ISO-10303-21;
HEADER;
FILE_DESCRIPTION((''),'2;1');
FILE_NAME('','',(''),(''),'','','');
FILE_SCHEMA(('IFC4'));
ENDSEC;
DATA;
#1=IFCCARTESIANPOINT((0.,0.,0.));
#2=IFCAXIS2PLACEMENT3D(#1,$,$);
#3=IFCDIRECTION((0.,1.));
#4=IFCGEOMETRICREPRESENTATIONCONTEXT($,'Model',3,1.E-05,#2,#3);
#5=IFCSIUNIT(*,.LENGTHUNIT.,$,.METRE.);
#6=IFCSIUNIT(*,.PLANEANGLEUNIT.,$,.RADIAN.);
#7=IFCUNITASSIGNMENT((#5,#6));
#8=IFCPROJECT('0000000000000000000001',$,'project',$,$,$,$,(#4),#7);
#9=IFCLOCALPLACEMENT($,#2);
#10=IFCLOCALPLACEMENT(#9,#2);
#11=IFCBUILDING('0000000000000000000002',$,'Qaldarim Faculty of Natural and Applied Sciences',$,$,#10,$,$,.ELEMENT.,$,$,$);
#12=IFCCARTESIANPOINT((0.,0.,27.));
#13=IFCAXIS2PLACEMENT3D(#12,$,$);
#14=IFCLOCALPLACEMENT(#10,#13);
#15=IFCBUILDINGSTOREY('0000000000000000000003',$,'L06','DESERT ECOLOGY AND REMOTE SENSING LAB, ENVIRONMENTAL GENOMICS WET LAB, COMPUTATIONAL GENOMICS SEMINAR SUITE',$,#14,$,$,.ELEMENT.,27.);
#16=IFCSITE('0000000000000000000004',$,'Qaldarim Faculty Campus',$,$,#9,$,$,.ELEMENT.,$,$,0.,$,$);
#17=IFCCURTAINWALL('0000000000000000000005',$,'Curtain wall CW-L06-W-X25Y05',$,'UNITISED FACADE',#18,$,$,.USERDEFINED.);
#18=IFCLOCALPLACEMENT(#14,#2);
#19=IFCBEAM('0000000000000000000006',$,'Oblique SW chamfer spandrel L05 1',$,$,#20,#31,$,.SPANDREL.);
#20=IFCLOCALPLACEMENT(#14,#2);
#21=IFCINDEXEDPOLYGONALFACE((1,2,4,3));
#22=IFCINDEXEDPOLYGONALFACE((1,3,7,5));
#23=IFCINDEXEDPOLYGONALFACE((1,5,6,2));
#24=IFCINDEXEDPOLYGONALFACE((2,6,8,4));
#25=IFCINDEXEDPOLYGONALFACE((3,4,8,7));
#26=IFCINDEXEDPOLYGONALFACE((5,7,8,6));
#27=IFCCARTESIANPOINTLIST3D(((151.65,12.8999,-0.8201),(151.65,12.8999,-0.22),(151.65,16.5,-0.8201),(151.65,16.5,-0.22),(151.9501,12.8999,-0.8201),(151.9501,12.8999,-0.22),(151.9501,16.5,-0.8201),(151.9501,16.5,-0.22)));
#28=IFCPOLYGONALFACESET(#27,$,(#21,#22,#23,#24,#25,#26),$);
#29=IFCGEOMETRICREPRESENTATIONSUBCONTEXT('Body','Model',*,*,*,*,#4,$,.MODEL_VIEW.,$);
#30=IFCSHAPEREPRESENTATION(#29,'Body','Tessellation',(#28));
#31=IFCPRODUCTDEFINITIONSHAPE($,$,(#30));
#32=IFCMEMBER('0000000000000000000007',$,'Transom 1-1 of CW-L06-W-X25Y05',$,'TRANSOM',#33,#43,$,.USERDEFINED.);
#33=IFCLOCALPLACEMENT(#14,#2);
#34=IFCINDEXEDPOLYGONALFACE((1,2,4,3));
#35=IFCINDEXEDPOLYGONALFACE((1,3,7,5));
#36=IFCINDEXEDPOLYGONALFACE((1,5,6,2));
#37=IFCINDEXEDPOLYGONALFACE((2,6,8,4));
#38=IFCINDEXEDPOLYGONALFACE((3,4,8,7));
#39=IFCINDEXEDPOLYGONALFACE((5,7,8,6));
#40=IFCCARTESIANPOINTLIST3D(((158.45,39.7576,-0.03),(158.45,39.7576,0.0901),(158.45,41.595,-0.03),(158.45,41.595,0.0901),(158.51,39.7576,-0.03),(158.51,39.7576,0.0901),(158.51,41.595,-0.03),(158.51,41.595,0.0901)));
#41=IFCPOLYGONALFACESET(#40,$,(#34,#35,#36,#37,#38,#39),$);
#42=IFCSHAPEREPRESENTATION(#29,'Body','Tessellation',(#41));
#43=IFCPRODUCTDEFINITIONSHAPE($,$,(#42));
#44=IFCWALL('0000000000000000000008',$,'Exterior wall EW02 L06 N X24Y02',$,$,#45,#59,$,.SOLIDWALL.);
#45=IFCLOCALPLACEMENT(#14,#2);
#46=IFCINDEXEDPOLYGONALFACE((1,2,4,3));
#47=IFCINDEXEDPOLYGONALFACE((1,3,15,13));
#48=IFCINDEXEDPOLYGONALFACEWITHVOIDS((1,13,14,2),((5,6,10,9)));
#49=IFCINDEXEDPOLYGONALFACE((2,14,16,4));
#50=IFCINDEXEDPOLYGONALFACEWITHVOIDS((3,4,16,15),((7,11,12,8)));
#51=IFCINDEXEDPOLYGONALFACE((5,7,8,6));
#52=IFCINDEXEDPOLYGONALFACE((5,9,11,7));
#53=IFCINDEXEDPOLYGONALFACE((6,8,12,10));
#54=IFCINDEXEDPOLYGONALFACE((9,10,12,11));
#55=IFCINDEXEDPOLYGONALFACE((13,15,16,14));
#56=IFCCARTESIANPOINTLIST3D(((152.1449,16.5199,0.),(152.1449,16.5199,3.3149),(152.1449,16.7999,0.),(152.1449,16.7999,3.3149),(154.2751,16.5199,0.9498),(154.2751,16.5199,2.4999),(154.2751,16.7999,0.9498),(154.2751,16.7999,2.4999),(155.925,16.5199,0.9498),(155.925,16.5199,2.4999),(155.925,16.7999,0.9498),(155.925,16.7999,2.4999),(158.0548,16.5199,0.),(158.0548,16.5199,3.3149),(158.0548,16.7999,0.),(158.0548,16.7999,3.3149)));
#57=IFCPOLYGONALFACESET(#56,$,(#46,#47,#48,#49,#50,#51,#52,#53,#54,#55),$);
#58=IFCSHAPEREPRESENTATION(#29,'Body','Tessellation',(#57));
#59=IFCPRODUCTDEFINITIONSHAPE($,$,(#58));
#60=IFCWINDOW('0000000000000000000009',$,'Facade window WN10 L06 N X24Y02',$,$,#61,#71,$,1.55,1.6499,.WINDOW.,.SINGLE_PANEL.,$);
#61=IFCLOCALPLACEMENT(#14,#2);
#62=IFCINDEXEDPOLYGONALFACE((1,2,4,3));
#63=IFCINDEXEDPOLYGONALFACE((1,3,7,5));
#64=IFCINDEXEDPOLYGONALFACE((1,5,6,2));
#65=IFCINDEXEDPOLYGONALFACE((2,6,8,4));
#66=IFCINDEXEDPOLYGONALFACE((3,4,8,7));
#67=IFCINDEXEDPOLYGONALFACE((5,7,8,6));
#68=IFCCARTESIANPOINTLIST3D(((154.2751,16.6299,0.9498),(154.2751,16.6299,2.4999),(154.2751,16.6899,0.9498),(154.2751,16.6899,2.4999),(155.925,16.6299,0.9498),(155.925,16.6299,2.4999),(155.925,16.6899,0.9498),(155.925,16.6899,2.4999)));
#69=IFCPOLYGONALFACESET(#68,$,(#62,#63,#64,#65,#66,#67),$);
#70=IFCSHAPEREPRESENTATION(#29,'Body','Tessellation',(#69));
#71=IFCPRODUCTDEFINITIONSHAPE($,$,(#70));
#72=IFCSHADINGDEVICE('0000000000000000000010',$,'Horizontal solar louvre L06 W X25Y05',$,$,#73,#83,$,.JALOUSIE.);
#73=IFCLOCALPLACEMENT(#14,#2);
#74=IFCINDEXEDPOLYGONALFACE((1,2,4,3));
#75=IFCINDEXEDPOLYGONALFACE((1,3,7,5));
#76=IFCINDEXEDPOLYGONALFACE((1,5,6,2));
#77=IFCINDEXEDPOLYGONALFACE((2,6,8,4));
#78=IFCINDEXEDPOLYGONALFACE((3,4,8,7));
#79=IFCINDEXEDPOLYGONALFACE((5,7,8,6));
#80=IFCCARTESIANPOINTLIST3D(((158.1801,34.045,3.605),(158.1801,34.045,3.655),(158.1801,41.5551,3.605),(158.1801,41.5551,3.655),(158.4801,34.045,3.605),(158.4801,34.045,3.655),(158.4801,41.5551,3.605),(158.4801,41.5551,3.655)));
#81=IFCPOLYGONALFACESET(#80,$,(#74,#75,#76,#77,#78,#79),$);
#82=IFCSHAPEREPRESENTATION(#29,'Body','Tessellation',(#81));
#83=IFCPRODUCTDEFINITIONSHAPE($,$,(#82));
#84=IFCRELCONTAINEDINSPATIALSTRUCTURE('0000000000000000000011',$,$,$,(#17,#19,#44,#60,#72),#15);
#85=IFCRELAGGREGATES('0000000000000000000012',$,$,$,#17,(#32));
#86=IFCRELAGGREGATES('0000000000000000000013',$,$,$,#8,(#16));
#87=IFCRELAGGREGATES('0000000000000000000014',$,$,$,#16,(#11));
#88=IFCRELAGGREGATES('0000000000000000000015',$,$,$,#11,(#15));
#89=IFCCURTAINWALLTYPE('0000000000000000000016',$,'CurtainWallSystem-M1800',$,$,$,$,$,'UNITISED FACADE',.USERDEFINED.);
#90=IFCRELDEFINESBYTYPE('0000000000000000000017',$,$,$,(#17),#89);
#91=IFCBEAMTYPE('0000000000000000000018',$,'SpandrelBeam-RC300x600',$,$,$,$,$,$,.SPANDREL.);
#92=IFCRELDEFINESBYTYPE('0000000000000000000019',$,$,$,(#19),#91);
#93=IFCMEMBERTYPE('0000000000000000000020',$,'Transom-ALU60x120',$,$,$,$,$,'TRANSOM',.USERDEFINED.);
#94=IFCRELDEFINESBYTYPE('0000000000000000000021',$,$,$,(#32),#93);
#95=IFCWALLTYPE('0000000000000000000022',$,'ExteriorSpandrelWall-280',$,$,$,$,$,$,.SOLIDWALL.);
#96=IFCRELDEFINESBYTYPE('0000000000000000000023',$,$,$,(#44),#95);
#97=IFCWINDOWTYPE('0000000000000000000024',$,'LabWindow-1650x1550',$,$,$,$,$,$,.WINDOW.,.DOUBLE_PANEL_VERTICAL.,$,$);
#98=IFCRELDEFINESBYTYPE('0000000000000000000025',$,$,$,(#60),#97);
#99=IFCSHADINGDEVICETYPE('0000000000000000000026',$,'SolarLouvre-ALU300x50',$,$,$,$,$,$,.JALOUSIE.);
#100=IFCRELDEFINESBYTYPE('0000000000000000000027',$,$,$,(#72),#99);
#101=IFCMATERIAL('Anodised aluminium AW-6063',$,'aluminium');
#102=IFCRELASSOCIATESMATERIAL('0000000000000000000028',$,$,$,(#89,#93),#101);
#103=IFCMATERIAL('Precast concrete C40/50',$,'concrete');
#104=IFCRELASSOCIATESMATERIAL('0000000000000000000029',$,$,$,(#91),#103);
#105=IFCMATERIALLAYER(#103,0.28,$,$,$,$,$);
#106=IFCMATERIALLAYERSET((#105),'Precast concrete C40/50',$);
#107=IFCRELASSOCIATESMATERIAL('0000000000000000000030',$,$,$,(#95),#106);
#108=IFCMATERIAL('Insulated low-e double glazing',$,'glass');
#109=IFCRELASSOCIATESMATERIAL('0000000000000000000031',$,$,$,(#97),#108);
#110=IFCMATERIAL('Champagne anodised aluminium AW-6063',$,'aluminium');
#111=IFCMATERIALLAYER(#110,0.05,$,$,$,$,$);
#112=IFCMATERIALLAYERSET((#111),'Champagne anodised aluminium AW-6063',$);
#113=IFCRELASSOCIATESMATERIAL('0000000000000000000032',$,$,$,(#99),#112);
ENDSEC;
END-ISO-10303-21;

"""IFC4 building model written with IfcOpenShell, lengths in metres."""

from ifc_helpers import new_model, si_unit, direction, frame, frame_2d, origin, origin_2d, place, context, subcontext, project, spatial, rectangle, extrude, material, layer, layer_set, material_profile, profile_set, type_object, element, fill, aggregate, save


model = new_model("IFC4")

# Units and contexts
model_context = context("Model", 3, precision=1e-05, world=origin(), true_north=direction((0.0, 1.0)))
body_context = subcontext(model_context, "Body", "Model", "MODEL_VIEW")
ifc_project = project(units=[si_unit("LENGTHUNIT", "METRE"), si_unit("PLANEANGLEUNIT", "RADIAN")], contexts=[model_context])

# Site, building, storey
site_placement = place(None, origin())
site = spatial("IfcSite", under=ifc_project, at=site_placement, Name="Qaldarim Faculty Campus", CompositionType="ELEMENT", RefElevation=0.0)
building_placement = place(site_placement, origin())
building = spatial("IfcBuilding", under=site, at=building_placement, Name="Qaldarim Faculty of Natural and Applied Sciences", CompositionType="ELEMENT")
storey_placement = place(building_placement, frame((0.0, 0.0, 27.0)))
storey = spatial("IfcBuildingStorey", under=building, at=storey_placement, Name="L06", Description="DESERT ECOLOGY AND REMOTE SENSING LAB, ENVIRONMENTAL GENOMICS WET LAB, COMPUTATIONAL GENOMICS SEMINAR SUITE", CompositionType="ELEMENT", Elevation=27.0)

# Curtain wall
ifc_material_1 = material(Name="Anodised aluminium AW-6063", Category="aluminium")
curtain_wall_type = type_object("IfcCurtainWallType", Name="CurtainWallSystem-M1800", ElementType="UNITISED FACADE", PredefinedType="USERDEFINED", material=ifc_material_1)
curtain_wall_placement = place(storey_placement, origin())
curtain_wall = element("IfcCurtainWall", 1, at=curtain_wall_placement, inside=storey, type_object=curtain_wall_type, Name="Curtain wall CW-L06-W-X25Y05", ObjectType="UNITISED FACADE", PredefinedType="USERDEFINED")

# Beam
ifc_material_2 = material(Name="Precast concrete C40/50", Category="concrete")
ifc_material_profile_1 = material_profile(ifc_material_2, rectangle(XDim=0.3, YDim=0.6001, at=origin_2d()), Name="RC-SP300x600")
ifc_profile_set_1 = profile_set([ifc_material_profile_1], Name="Precast concrete C40/50")
beam_type_1 = type_object("IfcBeamType", Name="SpandrelBeam-RC300x600", PredefinedType="SPANDREL", material=ifc_profile_set_1)
beam_1_placement = place(storey_placement, frame((151.8, 16.5, -0.52), z_axis=(0.0, -1.0, 0.0), x_axis=(1.0, 0.0, 0.0)))
element("IfcBeam", 2, at=beam_1_placement, inside=storey, type_object=beam_type_1, Name="Oblique SW chamfer spandrel L05 1", PredefinedType="SPANDREL", context=body_context, shape_type="SweptSolid", body=[
    extrude(rectangle(XDim=0.3, YDim=0.6001, at=origin_2d()), origin(), (0.0, 0.0, 1.0), 3.6001),
])

# Member
ifc_material_profile_2 = material_profile(ifc_material_1, rectangle(XDim=0.0601, YDim=0.1201, at=origin_2d()), Name="ALU-T60x120")
ifc_profile_set_2 = profile_set([ifc_material_profile_2], Name="Anodised aluminium AW-6063")
member_type_1 = type_object("IfcMemberType", Name="Transom-ALU60x120", ElementType="TRANSOM", PredefinedType="USERDEFINED", material=ifc_profile_set_2)
member_1_placement = place(storey_placement, frame((158.48, 41.595, 0.03), z_axis=(0.0, -1.0, 0.0), x_axis=(1.0, 0.0, 0.0)))
member_1 = element("IfcMember", 3, at=member_1_placement, type_object=member_type_1, Name="Transom 1-1 of CW-L06-W-X25Y05", ObjectType="TRANSOM", PredefinedType="USERDEFINED", context=body_context, shape_type="SweptSolid", body=[
    extrude(rectangle(XDim=0.0601, YDim=0.1201, at=origin_2d()), origin(), (0.0, 0.0, 1.0), 1.8374),
])
aggregate(curtain_wall, [member_1])

# Wall, opening, window
ifc_layer_1 = layer(ifc_material_2, 0.28)
ifc_layer_set_1 = layer_set([ifc_layer_1], Name="Precast concrete C40/50")
wall_type = type_object("IfcWallType", Name="ExteriorSpandrelWall-280", PredefinedType="SOLIDWALL", material=ifc_layer_set_1)
wall_placement = place(storey_placement, frame((158.0549, 16.6599, 0.0), z_axis=(0.0, 0.0, 1.0), x_axis=(-1.0, 0.0, 0.0)))
wall = element("IfcWall", 4, at=wall_placement, inside=storey, type_object=wall_type, Name="Exterior wall EW02 L06 N X24Y02", PredefinedType="SOLIDWALL", context=body_context, shape_type="SweptSolid", body=[
    extrude(rectangle(XDim=5.9099, YDim=0.28, at=frame_2d((2.9551, 0.0))), origin(), (0.0, 0.0, 1.0), 3.3149),
])
opening_placement = place(wall_placement, frame((2.1299, 0.0, 0.95)))
opening = element("IfcOpeningElement", 5, at=opening_placement, cuts=wall, PredefinedType="OPENING", context=body_context, shape_type="SweptSolid", body=[
    extrude(rectangle(XDim=1.6499, YDim=1.55, at=frame_2d((0.825, 0.7749))), frame((0.0, 0.1499, 0.0), z_axis=(0.0, -1.0, 0.0), x_axis=(1.0, 0.0, 0.0)), (0.0, 0.0, 1.0), 0.3),
])
ifc_material_3 = material(Name="Insulated low-e double glazing", Category="glass")
window_type = type_object("IfcWindowType", Name="LabWindow-1650x1550", PartitioningType="DOUBLE_PANEL_VERTICAL", PredefinedType="WINDOW", material=ifc_material_3)
window_placement = place(opening_placement, origin())
window = element("IfcWindow", 6, at=window_placement, inside=storey, type_object=window_type, Name="Facade window WN10 L06 N X24Y02", OverallHeight=1.55, OverallWidth=1.6499, PartitioningType="SINGLE_PANEL", PredefinedType="WINDOW", context=body_context, shape_type="SweptSolid", body=[
    extrude(rectangle(XDim=1.6499, YDim=1.55, at=frame_2d((0.825, 0.7749))), frame((0.0, 0.03, 0.0), z_axis=(0.0, -1.0, 0.0), x_axis=(1.0, 0.0, 0.0)), (0.0, 0.0, 1.0), 0.0601),
])
fill(opening, window)

# Shading device
ifc_material_4 = material(Name="Champagne anodised aluminium AW-6063", Category="aluminium")
ifc_layer_2 = layer(ifc_material_4, 0.05)
ifc_layer_set_2 = layer_set([ifc_layer_2], Name="Champagne anodised aluminium AW-6063")
shading_device_type = type_object("IfcShadingDeviceType", Name="SolarLouvre-ALU300x50", PredefinedType="JALOUSIE", material=ifc_layer_set_2)
shading_device_placement = place(storey_placement, frame((158.3301, 37.8, 3.605), z_axis=(0.0, 0.0, 1.0), x_axis=(0.0, 1.0, 0.0)))
element("IfcShadingDevice", 7, at=shading_device_placement, inside=storey, type_object=shading_device_type, Name="Horizontal solar louvre L06 W X25Y05", PredefinedType="JALOUSIE", context=body_context, shape_type="SweptSolid", body=[
    extrude(rectangle(XDim=7.51, YDim=0.3, at=origin_2d()), origin(), (0.0, 0.0, 1.0), 0.05),
])

save(model, "model.ifc")
